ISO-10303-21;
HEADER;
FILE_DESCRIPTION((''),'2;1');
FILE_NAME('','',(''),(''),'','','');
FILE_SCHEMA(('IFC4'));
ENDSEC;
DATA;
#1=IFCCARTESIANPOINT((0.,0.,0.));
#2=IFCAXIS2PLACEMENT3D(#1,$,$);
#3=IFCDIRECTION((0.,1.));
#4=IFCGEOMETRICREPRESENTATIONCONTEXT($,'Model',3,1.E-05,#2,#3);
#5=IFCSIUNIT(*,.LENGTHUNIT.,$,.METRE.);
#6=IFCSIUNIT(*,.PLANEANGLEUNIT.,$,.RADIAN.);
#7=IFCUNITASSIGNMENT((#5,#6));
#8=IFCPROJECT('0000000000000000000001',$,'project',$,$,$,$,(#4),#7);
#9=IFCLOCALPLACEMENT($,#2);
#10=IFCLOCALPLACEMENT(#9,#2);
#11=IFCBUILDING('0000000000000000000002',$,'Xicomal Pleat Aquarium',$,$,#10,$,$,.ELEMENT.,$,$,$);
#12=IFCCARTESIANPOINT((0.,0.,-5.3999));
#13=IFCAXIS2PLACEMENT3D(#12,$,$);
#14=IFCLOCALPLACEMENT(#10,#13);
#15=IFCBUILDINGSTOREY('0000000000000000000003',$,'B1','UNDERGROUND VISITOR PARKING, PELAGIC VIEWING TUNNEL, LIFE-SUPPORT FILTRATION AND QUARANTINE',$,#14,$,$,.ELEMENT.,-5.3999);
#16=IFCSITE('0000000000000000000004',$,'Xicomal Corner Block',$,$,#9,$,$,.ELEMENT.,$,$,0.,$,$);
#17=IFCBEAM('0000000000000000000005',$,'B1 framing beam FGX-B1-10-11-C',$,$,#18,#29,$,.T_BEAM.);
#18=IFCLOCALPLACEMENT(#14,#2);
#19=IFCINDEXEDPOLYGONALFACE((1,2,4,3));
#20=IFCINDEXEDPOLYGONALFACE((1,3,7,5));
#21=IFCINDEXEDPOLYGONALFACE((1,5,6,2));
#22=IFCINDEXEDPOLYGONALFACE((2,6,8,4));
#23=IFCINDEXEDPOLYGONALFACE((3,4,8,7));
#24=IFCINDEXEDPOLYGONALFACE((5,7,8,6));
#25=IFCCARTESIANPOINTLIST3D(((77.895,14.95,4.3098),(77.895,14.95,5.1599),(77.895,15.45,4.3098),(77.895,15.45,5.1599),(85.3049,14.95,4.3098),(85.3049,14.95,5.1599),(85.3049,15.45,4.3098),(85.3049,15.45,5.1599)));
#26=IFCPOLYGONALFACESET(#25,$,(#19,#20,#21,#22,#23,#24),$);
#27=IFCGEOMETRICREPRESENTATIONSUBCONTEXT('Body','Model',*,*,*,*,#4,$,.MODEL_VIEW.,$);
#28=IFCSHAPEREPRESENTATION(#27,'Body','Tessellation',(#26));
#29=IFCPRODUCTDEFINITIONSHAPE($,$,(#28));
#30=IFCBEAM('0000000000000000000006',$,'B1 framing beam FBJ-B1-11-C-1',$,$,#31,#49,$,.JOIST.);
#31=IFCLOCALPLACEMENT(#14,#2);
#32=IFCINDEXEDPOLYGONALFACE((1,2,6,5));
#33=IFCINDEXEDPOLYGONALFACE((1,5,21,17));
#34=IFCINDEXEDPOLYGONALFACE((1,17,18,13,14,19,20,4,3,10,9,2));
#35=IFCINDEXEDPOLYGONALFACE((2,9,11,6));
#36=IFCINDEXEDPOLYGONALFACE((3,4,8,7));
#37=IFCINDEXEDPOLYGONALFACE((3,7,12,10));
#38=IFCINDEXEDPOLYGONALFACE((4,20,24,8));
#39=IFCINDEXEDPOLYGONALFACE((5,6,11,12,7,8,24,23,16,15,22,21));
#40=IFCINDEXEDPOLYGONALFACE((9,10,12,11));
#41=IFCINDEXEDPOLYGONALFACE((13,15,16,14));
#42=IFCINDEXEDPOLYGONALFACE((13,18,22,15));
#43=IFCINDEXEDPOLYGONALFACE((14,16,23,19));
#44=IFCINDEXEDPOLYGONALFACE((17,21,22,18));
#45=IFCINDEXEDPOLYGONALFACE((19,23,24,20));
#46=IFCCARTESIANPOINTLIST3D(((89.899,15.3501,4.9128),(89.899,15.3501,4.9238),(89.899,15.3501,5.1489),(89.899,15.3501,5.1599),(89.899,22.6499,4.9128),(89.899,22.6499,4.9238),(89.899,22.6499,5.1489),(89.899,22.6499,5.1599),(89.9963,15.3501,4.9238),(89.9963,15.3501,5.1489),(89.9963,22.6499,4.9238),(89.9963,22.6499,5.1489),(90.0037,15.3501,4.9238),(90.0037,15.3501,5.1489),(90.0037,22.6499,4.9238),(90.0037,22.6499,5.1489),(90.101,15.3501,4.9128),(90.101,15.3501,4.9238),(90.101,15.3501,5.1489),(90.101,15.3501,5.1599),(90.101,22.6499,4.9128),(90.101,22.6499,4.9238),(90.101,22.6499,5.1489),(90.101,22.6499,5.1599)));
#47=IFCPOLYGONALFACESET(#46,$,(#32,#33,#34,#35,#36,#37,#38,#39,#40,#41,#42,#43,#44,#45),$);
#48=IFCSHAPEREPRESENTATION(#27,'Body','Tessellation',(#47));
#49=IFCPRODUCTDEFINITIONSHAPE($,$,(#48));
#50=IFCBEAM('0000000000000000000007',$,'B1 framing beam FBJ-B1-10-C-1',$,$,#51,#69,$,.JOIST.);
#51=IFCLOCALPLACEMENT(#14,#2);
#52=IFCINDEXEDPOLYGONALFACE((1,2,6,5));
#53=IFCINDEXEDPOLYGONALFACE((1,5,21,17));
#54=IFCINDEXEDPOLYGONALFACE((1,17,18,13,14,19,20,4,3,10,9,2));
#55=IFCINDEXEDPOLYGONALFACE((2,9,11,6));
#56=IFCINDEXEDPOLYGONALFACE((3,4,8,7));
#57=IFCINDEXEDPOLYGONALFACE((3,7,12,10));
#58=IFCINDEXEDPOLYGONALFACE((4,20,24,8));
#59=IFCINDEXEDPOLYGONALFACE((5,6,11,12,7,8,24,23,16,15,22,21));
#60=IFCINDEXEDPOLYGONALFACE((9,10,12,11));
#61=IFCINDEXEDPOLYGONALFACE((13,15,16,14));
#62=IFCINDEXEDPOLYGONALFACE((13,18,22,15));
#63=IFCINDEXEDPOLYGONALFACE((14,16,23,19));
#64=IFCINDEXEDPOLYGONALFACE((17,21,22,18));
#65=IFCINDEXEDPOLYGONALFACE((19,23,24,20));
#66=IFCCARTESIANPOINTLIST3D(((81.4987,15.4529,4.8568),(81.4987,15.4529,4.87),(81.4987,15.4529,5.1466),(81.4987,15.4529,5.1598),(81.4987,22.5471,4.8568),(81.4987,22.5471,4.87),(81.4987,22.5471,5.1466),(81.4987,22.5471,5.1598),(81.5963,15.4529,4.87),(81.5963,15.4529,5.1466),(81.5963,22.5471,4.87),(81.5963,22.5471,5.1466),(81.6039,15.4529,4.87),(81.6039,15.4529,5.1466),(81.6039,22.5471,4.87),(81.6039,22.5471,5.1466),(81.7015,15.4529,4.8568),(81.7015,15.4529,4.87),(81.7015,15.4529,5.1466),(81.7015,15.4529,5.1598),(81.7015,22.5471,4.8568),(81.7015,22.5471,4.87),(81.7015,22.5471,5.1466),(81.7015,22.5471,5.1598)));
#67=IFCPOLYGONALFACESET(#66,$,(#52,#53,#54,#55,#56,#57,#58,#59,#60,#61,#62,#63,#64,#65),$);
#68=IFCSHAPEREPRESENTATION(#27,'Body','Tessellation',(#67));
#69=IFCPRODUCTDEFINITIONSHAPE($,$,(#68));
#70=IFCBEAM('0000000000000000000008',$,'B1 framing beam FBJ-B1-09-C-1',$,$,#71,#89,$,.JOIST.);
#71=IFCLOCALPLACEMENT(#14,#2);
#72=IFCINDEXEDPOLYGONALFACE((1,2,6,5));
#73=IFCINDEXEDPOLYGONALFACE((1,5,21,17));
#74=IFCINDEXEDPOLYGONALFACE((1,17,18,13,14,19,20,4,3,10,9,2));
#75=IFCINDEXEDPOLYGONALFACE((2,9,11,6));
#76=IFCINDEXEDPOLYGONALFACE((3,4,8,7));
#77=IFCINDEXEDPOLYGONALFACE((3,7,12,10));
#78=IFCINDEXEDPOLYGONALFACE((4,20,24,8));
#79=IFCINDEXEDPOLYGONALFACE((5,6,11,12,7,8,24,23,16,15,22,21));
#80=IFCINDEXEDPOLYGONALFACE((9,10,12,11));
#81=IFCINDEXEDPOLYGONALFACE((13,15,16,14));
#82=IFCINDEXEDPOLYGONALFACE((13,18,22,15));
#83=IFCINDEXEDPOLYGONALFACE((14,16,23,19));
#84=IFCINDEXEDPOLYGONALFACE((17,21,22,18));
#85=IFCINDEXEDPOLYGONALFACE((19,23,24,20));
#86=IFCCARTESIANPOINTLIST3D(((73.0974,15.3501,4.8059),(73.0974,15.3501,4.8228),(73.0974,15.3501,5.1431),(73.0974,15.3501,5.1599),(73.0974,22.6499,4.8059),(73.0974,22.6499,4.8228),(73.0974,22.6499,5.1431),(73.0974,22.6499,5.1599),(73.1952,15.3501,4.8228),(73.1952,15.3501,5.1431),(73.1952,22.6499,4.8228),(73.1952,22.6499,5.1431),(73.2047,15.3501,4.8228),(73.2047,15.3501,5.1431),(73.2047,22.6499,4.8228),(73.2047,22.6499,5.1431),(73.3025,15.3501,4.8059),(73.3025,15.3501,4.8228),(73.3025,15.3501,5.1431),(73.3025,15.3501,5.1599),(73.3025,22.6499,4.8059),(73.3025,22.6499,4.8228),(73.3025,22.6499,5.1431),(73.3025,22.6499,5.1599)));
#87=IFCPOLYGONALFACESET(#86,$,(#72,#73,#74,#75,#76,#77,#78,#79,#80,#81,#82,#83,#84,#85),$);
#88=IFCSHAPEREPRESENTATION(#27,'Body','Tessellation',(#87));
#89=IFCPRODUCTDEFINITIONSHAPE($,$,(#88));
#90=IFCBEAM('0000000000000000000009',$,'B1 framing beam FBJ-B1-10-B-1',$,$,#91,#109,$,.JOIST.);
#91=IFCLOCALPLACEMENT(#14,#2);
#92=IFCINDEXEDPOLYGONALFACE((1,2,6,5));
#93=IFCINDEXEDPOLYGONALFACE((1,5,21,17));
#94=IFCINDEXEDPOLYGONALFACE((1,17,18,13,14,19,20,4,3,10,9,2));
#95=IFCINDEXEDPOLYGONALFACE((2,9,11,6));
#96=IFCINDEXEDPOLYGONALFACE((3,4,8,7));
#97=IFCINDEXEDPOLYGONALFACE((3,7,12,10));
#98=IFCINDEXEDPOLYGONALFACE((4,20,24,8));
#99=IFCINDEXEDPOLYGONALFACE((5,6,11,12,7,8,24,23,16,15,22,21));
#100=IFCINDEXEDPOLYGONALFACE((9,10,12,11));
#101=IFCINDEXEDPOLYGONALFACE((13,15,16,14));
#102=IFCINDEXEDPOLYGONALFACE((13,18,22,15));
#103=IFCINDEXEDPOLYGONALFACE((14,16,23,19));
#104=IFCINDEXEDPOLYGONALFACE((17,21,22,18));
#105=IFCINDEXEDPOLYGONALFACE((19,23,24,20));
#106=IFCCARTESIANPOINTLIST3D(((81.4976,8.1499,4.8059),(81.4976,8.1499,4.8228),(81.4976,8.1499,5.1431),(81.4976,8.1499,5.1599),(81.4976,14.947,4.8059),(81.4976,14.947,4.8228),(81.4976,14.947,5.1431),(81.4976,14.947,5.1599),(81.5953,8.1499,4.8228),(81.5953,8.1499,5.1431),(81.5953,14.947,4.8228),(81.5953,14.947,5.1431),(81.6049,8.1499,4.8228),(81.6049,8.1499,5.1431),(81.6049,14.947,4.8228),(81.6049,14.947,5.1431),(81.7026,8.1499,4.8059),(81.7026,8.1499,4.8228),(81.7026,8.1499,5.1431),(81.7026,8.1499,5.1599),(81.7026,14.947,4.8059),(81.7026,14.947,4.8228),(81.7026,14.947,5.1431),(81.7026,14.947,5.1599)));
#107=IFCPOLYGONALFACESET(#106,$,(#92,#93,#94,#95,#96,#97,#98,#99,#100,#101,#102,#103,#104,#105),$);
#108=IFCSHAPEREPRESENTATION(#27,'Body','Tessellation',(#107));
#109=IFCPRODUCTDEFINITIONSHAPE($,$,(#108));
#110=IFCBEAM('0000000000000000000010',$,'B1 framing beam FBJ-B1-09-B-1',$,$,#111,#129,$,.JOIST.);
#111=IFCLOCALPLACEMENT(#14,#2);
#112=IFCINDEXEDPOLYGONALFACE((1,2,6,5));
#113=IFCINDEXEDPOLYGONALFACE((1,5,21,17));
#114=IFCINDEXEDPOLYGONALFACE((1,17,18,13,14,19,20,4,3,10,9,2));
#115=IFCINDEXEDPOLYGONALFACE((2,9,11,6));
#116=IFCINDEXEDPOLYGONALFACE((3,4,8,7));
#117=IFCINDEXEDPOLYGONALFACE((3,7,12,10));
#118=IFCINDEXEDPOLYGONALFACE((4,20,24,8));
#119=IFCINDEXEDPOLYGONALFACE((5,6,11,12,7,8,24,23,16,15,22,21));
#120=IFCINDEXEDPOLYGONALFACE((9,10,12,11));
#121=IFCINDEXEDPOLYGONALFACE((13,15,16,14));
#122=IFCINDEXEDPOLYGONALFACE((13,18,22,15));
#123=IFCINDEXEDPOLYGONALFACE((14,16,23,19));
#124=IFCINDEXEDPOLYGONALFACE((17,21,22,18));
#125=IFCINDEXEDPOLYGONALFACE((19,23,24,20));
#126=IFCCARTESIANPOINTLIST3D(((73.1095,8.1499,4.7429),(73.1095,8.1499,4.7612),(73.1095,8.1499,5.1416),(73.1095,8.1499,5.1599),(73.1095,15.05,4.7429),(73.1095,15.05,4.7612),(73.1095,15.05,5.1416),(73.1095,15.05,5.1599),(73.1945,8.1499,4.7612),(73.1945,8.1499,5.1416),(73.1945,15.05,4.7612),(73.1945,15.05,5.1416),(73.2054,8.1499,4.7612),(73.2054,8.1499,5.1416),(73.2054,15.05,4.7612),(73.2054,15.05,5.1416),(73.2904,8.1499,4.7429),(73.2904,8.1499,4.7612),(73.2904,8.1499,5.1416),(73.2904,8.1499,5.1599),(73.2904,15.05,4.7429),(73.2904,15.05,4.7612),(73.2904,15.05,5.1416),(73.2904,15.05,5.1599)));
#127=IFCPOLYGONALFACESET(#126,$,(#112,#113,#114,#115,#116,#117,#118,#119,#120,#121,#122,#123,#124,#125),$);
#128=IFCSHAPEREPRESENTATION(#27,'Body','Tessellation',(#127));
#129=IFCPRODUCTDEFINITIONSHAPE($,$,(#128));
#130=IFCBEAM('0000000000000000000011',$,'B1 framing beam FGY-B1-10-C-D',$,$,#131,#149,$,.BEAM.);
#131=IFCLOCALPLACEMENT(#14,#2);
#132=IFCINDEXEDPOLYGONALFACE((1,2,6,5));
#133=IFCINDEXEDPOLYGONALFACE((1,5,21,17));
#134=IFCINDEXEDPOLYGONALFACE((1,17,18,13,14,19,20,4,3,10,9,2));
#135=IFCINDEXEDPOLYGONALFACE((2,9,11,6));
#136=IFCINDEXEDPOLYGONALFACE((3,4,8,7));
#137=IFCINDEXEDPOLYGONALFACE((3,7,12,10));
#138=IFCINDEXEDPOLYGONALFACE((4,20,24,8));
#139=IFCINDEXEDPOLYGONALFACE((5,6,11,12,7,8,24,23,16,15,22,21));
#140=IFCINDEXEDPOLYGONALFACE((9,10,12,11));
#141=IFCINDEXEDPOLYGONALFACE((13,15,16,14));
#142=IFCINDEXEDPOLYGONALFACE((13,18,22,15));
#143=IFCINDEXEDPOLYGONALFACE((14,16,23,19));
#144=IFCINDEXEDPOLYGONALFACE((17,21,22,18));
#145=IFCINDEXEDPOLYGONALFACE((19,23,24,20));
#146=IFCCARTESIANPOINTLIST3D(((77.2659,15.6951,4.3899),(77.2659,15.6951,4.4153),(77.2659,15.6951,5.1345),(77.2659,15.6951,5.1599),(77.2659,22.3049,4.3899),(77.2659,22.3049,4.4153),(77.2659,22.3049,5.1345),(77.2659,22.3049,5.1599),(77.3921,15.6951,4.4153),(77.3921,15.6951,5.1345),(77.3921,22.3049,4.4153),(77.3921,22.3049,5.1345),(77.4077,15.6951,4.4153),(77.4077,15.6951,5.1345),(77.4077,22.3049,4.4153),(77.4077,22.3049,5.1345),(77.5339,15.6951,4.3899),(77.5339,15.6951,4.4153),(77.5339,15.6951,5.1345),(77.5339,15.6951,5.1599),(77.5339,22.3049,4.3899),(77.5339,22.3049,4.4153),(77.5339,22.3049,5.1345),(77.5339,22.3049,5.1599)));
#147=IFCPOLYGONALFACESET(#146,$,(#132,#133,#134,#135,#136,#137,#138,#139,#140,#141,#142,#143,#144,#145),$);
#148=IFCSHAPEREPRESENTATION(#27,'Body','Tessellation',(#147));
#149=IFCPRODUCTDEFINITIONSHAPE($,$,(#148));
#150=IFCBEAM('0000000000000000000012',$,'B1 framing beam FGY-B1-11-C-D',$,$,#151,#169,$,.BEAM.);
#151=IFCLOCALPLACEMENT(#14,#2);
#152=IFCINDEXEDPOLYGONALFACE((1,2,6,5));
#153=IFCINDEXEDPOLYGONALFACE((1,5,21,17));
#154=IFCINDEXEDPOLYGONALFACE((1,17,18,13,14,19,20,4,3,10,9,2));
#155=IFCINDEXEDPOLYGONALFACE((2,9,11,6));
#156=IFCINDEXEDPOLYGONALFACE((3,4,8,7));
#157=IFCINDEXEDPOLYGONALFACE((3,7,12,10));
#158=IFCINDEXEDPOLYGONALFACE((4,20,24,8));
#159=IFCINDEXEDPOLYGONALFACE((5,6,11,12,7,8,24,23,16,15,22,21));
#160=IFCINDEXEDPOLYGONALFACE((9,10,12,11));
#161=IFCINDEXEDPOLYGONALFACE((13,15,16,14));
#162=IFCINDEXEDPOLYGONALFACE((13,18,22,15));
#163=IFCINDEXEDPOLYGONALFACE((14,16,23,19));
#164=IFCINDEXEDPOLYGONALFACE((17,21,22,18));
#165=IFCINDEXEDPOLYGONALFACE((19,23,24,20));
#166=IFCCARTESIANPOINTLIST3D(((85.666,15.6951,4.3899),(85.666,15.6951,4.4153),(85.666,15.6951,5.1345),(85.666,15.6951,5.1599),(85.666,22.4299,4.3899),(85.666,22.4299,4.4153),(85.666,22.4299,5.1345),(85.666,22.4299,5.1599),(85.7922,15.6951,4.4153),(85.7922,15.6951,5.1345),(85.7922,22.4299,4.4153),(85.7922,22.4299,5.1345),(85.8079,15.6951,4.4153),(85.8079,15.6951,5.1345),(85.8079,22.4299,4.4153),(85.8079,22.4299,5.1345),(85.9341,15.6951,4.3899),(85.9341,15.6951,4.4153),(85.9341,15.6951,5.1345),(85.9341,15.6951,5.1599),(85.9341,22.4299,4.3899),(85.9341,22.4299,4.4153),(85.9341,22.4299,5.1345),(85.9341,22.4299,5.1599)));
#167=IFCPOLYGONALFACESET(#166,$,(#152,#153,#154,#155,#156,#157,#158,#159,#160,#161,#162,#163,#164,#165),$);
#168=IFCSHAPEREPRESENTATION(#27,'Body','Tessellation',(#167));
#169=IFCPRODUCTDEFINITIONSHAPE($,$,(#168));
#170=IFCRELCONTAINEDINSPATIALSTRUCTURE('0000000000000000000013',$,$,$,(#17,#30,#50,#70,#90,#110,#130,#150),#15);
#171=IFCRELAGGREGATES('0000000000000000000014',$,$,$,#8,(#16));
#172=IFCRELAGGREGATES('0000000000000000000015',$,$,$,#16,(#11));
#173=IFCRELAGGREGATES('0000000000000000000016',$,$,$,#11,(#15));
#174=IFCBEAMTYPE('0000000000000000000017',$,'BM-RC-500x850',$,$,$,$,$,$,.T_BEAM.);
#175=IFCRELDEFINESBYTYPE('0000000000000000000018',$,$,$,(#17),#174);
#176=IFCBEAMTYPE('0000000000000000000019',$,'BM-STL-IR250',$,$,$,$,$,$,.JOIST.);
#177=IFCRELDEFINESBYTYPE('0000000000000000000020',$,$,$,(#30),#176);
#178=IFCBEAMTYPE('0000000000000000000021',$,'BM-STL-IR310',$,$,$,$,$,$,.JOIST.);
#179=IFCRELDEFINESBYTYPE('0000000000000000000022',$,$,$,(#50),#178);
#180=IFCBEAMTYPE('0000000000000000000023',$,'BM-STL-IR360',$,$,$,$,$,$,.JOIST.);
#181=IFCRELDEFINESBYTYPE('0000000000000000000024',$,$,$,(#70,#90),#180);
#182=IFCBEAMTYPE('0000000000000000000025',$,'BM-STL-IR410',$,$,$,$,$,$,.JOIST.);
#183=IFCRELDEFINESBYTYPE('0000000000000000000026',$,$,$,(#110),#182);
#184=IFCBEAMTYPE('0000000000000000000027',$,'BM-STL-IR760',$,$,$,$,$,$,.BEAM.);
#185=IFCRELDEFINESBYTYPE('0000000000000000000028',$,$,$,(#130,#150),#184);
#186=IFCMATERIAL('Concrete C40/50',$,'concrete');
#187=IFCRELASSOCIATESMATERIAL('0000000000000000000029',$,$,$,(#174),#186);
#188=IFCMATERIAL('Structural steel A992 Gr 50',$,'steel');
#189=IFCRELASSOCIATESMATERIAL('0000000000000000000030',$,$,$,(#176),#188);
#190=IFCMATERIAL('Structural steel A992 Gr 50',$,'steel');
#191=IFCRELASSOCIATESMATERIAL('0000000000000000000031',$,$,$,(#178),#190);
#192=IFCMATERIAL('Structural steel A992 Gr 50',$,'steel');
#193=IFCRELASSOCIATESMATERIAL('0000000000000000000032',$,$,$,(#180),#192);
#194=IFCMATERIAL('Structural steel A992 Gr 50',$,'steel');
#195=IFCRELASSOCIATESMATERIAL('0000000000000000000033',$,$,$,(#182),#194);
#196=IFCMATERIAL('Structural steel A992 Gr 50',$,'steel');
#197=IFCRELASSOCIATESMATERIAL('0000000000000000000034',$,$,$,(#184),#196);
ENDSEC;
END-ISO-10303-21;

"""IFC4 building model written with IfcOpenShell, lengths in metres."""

from ifc_helpers import new_model, si_unit, direction, frame, origin, origin_2d, place, context, subcontext, project, spatial, rectangle, i_section, extrude, material, material_profile, profile_set, type_object, element, save


model = new_model("IFC4")

# Units and contexts
model_context = context("Model", 3, precision=1e-05, world=origin(), true_north=direction((0.0, 1.0)))
body_context = subcontext(model_context, "Body", "Model", "MODEL_VIEW")
ifc_project = project(units=[si_unit("LENGTHUNIT", "METRE"), si_unit("PLANEANGLEUNIT", "RADIAN")], contexts=[model_context])

# Site, building, storey
site_placement = place(None, origin())
site = spatial("IfcSite", under=ifc_project, at=site_placement, Name="Xicomal Corner Block", CompositionType="ELEMENT", RefElevation=0.0)
building_placement = place(site_placement, origin())
building = spatial("IfcBuilding", under=site, at=building_placement, Name="Xicomal Pleat Aquarium", CompositionType="ELEMENT")
storey_placement = place(building_placement, frame((0.0, 0.0, -5.3999)))
storey = spatial("IfcBuildingStorey", under=building, at=storey_placement, Name="B1", Description="UNDERGROUND VISITOR PARKING, PELAGIC VIEWING TUNNEL, LIFE-SUPPORT FILTRATION AND QUARANTINE", CompositionType="ELEMENT", Elevation=-5.3999)

# Beams
ifc_material_1 = material(Name="Concrete C40/50", Category="concrete")
ifc_material_profile_1 = material_profile(ifc_material_1, rectangle(XDim=0.5, YDim=0.8501, at=origin_2d()), Name="RC 500x850")
ifc_profile_set_1 = profile_set([ifc_material_profile_1], Name="Concrete C40/50")
beam_type_1 = type_object("IfcBeamType", Name="BM-RC-500x850", PredefinedType="T_BEAM", material=ifc_profile_set_1)
beam_1_placement = place(storey_placement, frame((77.895, 15.2, 4.7349), z_axis=(1.0, 0.0, 0.0), x_axis=(0.0, 1.0, 0.0)))
element("IfcBeam", 1, at=beam_1_placement, inside=storey, type_object=beam_type_1, Name="B1 framing beam FGX-B1-10-11-C", PredefinedType="T_BEAM", context=body_context, shape_type="SweptSolid", body=[
    extrude(rectangle(XDim=0.5, YDim=0.8501, at=origin_2d()), origin(), (0.0, 0.0, 1.0), 7.4099),
])
ifc_material_2 = material(Name="Structural steel A992 Gr 50", Category="steel")
ifc_material_profile_2 = material_profile(ifc_material_2, i_section(OverallWidth=0.2019, OverallDepth=0.2471, WebThickness=0.0073, FlangeThickness=0.011, at=origin_2d()), Name="IR 250x49")
ifc_profile_set_2 = profile_set([ifc_material_profile_2], Name="Structural steel A992 Gr 50")
beam_type_2 = type_object("IfcBeamType", Name="BM-STL-IR250", PredefinedType="JOIST", material=ifc_profile_set_2)
beam_2_placement = place(storey_placement, frame((90.0, 15.3501, 5.0364), z_axis=(0.0, 1.0, 0.0), x_axis=(-1.0, 0.0, 0.0)))
element("IfcBeam", 2, at=beam_2_placement, inside=storey, type_object=beam_type_2, Name="B1 framing beam FBJ-B1-11-C-1", PredefinedType="JOIST", context=body_context, shape_type="SweptSolid", body=[
    extrude(i_section(OverallWidth=0.2019, OverallDepth=0.2471, WebThickness=0.0073, FlangeThickness=0.011, at=origin_2d()), origin(), (0.0, 0.0, 1.0), 7.2998),
])
ifc_material_3 = material(Name="Structural steel A992 Gr 50", Category="steel")
ifc_material_profile_3 = material_profile(ifc_material_3, i_section(OverallWidth=0.2029, OverallDepth=0.303, WebThickness=0.0076, FlangeThickness=0.0132, at=origin_2d()), Name="IR 310x60")
ifc_profile_set_3 = profile_set([ifc_material_profile_3], Name="Structural steel A992 Gr 50")
beam_type_3 = type_object("IfcBeamType", Name="BM-STL-IR310", PredefinedType="JOIST", material=ifc_profile_set_3)
beam_3_placement = place(storey_placement, frame((81.6001, 15.4529, 5.0083), z_axis=(0.0, 1.0, 0.0), x_axis=(-1.0, 0.0, 0.0)))
element("IfcBeam", 3, at=beam_3_placement, inside=storey, type_object=beam_type_3, Name="B1 framing beam FBJ-B1-10-C-1", PredefinedType="JOIST", context=body_context, shape_type="SweptSolid", body=[
    extrude(i_section(OverallWidth=0.2029, OverallDepth=0.303, WebThickness=0.0076, FlangeThickness=0.0132, at=origin_2d()), origin(), (0.0, 0.0, 1.0), 7.0942),
])
ifc_material_4 = material(Name="Structural steel A992 Gr 50", Category="steel")
ifc_material_profile_4 = material_profile(ifc_material_4, i_section(OverallWidth=0.2051, OverallDepth=0.354, WebThickness=0.0095, FlangeThickness=0.0168, at=origin_2d()), Name="IR 360x79")
ifc_profile_set_4 = profile_set([ifc_material_profile_4], Name="Structural steel A992 Gr 50")
beam_type_4 = type_object("IfcBeamType", Name="BM-STL-IR360", PredefinedType="JOIST", material=ifc_profile_set_4)
beam_4_placement = place(storey_placement, frame((73.2, 15.3501, 4.9829), z_axis=(0.0, 1.0, 0.0), x_axis=(-1.0, 0.0, 0.0)))
element("IfcBeam", 4, at=beam_4_placement, inside=storey, type_object=beam_type_4, Name="B1 framing beam FBJ-B1-09-C-1", PredefinedType="JOIST", context=body_context, shape_type="SweptSolid", body=[
    extrude(i_section(OverallWidth=0.2051, OverallDepth=0.354, WebThickness=0.0095, FlangeThickness=0.0168, at=origin_2d()), origin(), (0.0, 0.0, 1.0), 7.2998),
])
beam_5_placement = place(storey_placement, frame((81.6001, 8.1499, 4.9829), z_axis=(0.0, 1.0, 0.0), x_axis=(-1.0, 0.0, 0.0)))
element("IfcBeam", 5, at=beam_5_placement, inside=storey, type_object=beam_type_4, Name="B1 framing beam FBJ-B1-10-B-1", PredefinedType="JOIST", context=body_context, shape_type="SweptSolid", body=[
    extrude(i_section(OverallWidth=0.2051, OverallDepth=0.354, WebThickness=0.0095, FlangeThickness=0.0168, at=origin_2d()), origin(), (0.0, 0.0, 1.0), 6.7971),
])
ifc_material_5 = material(Name="Structural steel A992 Gr 50", Category="steel")
ifc_material_profile_5 = material_profile(ifc_material_5, i_section(OverallWidth=0.1809, OverallDepth=0.417, WebThickness=0.011, FlangeThickness=0.0183, at=origin_2d()), Name="IR 410x85")
ifc_profile_set_5 = profile_set([ifc_material_profile_5], Name="Structural steel A992 Gr 50")
beam_type_5 = type_object("IfcBeamType", Name="BM-STL-IR410", PredefinedType="JOIST", material=ifc_profile_set_5)
beam_6_placement = place(storey_placement, frame((73.2, 8.1499, 4.9514), z_axis=(0.0, 1.0, 0.0), x_axis=(-1.0, 0.0, 0.0)))
element("IfcBeam", 6, at=beam_6_placement, inside=storey, type_object=beam_type_5, Name="B1 framing beam FBJ-B1-09-B-1", PredefinedType="JOIST", context=body_context, shape_type="SweptSolid", body=[
    extrude(i_section(OverallWidth=0.1809, OverallDepth=0.417, WebThickness=0.011, FlangeThickness=0.0183, at=origin_2d()), origin(), (0.0, 0.0, 1.0), 6.9001),
])
ifc_material_6 = material(Name="Structural steel A992 Gr 50", Category="steel")
ifc_material_profile_6 = material_profile(ifc_material_6, i_section(OverallWidth=0.2681, OverallDepth=0.77, WebThickness=0.0156, FlangeThickness=0.0254, at=origin_2d()), Name="IR 760x196")
ifc_profile_set_6 = profile_set([ifc_material_profile_6], Name="Structural steel A992 Gr 50")
beam_type_6 = type_object("IfcBeamType", Name="BM-STL-IR760", PredefinedType="BEAM", material=ifc_profile_set_6)
beam_7_placement = place(storey_placement, frame((77.3999, 15.6951, 4.7749), z_axis=(0.0, 1.0, 0.0), x_axis=(-1.0, 0.0, 0.0)))
element("IfcBeam", 7, at=beam_7_placement, inside=storey, type_object=beam_type_6, Name="B1 framing beam FGY-B1-10-C-D", PredefinedType="BEAM", context=body_context, shape_type="SweptSolid", body=[
    extrude(i_section(OverallWidth=0.2681, OverallDepth=0.77, WebThickness=0.0156, FlangeThickness=0.0254, at=origin_2d()), origin(), (0.0, 0.0, 1.0), 6.6099),
])
beam_8_placement = place(storey_placement, frame((85.8, 15.6951, 4.7749), z_axis=(0.0, 1.0, 0.0), x_axis=(-1.0, 0.0, 0.0)))
element("IfcBeam", 8, at=beam_8_placement, inside=storey, type_object=beam_type_6, Name="B1 framing beam FGY-B1-11-C-D", PredefinedType="BEAM", context=body_context, shape_type="SweptSolid", body=[
    extrude(i_section(OverallWidth=0.2681, OverallDepth=0.77, WebThickness=0.0156, FlangeThickness=0.0254, at=origin_2d()), origin(), (0.0, 0.0, 1.0), 6.7349),
])

save(model, "model.ifc")
